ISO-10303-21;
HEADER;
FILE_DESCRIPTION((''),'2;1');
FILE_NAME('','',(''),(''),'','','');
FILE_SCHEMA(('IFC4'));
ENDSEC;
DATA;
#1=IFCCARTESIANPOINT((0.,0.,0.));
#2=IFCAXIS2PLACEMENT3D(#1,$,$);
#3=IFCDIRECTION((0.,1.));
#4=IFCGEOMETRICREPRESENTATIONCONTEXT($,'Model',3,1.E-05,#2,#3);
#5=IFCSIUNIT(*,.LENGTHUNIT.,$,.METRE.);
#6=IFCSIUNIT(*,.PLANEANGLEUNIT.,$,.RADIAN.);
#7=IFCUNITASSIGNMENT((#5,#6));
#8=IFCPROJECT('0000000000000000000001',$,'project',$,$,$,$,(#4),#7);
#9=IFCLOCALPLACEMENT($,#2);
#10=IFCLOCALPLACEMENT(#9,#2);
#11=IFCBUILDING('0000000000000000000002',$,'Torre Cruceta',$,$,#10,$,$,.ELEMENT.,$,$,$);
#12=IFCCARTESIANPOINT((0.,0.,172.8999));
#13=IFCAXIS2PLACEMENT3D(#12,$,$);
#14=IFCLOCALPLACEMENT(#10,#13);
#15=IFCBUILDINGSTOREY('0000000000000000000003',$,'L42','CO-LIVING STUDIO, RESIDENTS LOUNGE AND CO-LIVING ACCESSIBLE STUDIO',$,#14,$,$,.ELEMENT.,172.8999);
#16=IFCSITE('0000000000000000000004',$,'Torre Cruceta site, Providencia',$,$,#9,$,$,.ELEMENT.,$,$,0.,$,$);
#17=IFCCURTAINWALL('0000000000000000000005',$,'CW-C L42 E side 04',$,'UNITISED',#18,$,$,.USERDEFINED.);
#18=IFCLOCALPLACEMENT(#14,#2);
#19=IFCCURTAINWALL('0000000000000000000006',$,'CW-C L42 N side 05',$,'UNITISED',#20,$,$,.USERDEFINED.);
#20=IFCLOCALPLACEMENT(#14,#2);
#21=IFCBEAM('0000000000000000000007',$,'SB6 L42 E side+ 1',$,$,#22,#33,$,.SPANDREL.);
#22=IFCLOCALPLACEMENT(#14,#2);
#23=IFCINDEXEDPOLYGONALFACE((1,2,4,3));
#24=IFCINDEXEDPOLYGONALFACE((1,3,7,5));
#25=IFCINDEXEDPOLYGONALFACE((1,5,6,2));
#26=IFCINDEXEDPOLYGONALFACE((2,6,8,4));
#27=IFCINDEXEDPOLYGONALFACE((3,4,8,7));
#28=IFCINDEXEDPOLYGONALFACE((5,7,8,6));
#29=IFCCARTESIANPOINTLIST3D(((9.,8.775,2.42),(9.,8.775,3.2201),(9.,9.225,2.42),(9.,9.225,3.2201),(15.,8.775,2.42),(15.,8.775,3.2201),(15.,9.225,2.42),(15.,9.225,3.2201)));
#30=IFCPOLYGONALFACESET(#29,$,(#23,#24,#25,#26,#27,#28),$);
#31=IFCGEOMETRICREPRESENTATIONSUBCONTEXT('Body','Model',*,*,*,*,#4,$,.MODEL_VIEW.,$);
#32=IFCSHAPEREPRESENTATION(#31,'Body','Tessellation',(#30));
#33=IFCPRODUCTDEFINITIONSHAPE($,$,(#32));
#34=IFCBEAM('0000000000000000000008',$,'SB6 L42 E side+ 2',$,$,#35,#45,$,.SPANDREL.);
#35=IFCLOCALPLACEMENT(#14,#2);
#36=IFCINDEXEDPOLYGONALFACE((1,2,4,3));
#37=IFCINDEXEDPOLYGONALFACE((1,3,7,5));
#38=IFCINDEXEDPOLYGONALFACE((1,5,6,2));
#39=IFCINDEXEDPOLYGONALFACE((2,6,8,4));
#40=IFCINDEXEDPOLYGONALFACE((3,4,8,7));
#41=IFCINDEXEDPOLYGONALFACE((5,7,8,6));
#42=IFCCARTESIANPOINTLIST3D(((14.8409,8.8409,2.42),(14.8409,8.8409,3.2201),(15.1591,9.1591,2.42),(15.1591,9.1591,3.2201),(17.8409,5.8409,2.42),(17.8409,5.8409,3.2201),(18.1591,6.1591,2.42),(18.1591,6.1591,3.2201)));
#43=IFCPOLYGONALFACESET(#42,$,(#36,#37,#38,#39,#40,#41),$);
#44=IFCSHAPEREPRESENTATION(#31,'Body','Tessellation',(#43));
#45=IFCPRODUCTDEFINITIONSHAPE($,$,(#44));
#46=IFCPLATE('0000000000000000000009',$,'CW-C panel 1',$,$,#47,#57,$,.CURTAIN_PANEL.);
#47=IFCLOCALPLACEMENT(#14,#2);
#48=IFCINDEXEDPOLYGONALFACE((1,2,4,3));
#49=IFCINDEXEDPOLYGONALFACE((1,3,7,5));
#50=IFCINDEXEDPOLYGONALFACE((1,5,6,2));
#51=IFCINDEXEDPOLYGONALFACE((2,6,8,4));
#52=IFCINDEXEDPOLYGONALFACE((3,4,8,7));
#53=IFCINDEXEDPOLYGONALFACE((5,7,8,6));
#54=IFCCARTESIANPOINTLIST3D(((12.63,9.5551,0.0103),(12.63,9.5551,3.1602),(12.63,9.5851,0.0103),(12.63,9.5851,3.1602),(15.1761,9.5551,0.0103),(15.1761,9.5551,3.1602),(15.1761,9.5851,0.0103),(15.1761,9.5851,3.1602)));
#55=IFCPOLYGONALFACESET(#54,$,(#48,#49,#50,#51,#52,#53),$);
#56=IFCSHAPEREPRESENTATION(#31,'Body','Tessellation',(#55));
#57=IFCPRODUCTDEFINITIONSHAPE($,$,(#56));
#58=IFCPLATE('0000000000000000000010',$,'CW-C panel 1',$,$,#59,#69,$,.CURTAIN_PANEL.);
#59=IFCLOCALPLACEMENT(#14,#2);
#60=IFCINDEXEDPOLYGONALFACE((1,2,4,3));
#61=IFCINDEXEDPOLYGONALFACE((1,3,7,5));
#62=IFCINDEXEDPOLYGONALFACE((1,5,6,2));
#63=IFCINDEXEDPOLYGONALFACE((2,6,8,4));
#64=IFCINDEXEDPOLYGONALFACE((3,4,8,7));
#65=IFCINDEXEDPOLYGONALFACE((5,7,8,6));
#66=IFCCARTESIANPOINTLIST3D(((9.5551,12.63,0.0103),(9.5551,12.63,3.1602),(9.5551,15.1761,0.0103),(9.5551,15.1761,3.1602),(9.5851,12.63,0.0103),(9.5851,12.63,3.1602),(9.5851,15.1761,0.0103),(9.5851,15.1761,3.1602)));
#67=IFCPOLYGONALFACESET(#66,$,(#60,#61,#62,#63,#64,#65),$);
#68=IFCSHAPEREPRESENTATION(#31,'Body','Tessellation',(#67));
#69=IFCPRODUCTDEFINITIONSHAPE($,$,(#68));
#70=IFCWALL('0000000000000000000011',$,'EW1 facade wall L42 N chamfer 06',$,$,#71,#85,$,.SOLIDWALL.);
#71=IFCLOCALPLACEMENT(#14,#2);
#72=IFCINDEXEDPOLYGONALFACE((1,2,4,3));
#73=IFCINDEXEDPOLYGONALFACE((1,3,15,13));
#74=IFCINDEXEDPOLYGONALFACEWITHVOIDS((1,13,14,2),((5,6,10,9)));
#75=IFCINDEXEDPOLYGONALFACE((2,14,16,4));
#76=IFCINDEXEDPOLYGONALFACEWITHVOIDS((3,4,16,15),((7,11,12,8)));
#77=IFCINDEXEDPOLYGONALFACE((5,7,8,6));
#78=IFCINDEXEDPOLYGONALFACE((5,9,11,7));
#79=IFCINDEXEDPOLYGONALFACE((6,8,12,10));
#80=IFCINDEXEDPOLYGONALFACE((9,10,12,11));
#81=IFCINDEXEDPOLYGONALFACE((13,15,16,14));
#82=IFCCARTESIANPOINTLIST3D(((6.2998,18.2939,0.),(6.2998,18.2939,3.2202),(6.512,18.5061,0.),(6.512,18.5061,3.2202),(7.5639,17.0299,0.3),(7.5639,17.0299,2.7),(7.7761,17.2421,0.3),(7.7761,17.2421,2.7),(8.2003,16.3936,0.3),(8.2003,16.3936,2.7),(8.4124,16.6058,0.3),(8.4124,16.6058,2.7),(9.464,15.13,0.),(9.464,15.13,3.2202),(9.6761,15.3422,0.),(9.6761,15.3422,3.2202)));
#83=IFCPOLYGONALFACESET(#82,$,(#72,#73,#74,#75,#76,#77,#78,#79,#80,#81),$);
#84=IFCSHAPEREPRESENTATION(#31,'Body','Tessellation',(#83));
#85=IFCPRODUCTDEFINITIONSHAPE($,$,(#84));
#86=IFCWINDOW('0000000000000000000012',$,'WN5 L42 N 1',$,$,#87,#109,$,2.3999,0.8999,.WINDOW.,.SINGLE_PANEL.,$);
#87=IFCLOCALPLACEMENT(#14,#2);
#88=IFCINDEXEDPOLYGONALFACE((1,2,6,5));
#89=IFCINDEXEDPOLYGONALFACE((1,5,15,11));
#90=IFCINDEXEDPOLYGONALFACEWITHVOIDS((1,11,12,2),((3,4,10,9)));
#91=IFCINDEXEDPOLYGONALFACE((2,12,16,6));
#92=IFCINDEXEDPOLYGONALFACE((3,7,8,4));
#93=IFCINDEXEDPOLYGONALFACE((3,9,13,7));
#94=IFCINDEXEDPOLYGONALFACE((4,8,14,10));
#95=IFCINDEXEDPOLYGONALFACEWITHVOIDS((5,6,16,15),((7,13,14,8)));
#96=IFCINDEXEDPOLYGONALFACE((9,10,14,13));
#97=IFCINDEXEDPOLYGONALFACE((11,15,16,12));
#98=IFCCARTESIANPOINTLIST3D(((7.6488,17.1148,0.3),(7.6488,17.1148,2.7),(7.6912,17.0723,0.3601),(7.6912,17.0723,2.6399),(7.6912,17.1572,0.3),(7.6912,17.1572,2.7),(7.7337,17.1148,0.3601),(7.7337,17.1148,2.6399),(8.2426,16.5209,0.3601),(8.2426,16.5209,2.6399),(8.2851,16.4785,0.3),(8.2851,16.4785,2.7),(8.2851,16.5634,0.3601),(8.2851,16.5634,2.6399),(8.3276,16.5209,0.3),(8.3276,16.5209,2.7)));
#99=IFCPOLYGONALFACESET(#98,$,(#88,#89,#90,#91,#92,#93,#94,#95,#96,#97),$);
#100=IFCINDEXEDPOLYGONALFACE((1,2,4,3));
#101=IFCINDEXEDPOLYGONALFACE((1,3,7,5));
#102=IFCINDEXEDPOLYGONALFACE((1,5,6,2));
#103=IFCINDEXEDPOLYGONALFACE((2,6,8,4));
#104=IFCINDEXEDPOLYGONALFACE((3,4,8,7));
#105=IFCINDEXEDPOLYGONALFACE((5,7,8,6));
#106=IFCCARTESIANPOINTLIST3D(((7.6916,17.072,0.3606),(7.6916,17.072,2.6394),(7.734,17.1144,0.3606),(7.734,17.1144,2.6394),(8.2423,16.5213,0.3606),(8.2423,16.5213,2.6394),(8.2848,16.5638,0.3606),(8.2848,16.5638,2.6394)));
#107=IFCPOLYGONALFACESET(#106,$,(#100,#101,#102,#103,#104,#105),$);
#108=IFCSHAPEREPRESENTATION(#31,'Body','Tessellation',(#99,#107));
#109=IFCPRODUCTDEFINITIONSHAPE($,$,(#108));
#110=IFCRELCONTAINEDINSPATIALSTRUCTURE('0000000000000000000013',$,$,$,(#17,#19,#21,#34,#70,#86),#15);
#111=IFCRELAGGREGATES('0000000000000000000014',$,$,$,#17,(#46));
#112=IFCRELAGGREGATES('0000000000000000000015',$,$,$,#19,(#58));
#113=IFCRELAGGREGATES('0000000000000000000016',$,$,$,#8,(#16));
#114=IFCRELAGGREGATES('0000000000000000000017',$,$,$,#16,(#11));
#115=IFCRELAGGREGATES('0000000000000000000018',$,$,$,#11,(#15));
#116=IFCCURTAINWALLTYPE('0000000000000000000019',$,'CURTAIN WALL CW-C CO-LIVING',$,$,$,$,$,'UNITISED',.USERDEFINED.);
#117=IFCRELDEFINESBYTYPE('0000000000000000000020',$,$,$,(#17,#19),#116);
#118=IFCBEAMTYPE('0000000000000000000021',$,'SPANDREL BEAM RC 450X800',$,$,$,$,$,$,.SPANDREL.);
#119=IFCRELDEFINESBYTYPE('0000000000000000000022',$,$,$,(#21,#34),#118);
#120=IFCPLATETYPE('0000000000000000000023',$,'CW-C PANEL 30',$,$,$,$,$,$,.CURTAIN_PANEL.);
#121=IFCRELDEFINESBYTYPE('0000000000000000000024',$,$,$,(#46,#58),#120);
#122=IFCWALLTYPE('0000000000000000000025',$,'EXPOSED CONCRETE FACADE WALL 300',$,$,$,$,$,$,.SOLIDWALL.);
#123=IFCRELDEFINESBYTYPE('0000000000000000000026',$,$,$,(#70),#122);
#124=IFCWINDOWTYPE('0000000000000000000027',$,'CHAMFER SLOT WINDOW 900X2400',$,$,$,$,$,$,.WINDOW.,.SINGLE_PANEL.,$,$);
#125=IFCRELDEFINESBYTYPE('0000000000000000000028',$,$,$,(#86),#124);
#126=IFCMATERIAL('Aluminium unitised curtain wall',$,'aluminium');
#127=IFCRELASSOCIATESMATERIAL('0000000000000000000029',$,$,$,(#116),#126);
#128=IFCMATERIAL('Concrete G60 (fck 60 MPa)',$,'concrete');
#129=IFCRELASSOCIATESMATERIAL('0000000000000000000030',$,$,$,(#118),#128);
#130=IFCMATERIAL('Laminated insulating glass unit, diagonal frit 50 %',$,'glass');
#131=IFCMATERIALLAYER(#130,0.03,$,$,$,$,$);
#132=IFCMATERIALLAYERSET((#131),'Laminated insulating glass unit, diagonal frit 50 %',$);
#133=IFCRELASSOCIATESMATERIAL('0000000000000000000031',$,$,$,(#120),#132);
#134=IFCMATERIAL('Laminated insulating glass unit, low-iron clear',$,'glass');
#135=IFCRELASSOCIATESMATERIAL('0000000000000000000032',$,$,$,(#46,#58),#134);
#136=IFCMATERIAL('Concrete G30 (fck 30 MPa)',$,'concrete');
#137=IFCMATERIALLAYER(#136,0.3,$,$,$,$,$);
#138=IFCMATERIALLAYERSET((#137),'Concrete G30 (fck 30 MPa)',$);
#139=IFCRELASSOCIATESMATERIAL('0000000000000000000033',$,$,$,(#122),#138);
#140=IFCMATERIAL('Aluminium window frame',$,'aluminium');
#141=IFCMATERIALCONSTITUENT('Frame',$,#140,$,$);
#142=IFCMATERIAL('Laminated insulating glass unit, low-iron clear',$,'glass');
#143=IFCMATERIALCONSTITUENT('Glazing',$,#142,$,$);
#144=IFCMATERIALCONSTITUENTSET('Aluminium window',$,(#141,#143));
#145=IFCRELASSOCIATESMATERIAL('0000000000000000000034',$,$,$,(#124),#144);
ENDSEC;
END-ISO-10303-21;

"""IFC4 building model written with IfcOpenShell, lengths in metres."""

from ifc_helpers import new_model, si_unit, direction, frame, frame_2d, origin, origin_2d, place, context, subcontext, project, spatial, rectangle, hollow_rectangle, extrude, material, layer, layer_set, constituent, constituent_set, material_profile, profile_set, type_object, element, fill, aggregate, save


model = new_model("IFC4")

# Units and contexts
model_context = context("Model", 3, precision=1e-05, world=origin(), true_north=direction((0.0, 1.0)))
body_context = subcontext(model_context, "Body", "Model", "MODEL_VIEW")
ifc_project = project(units=[si_unit("LENGTHUNIT", "METRE"), si_unit("PLANEANGLEUNIT", "RADIAN")], contexts=[model_context])

# Site, building, storey
site_placement = place(None, origin())
site = spatial("IfcSite", under=ifc_project, at=site_placement, Name="Torre Cruceta site, Providencia", CompositionType="ELEMENT", RefElevation=0.0)
building_placement = place(site_placement, origin())
building = spatial("IfcBuilding", under=site, at=building_placement, Name="Torre Cruceta", CompositionType="ELEMENT")
storey_placement = place(building_placement, frame((0.0, 0.0, 172.8999)))
storey = spatial("IfcBuildingStorey", under=building, at=storey_placement, Name="L42", Description="CO-LIVING STUDIO, RESIDENTS LOUNGE AND CO-LIVING ACCESSIBLE STUDIO", CompositionType="ELEMENT", Elevation=172.8999)

# Curtain walls
ifc_material_1 = material(Name="Aluminium unitised curtain wall", Category="aluminium")
curtain_wall_type = type_object("IfcCurtainWallType", Name="CURTAIN WALL CW-C CO-LIVING", ElementType="UNITISED", PredefinedType="USERDEFINED", material=ifc_material_1)
curtain_wall_1_placement = place(storey_placement, origin())
curtain_wall_1 = element("IfcCurtainWall", 1, at=curtain_wall_1_placement, inside=storey, type_object=curtain_wall_type, Name="CW-C L42 E side 04", ObjectType="UNITISED", PredefinedType="USERDEFINED")
curtain_wall_2_placement = place(storey_placement, origin())
curtain_wall_2 = element("IfcCurtainWall", 2, at=curtain_wall_2_placement, inside=storey, type_object=curtain_wall_type, Name="CW-C L42 N side 05", ObjectType="UNITISED", PredefinedType="USERDEFINED")

# Beams
ifc_material_2 = material(Name="Concrete G60 (fck 60 MPa)", Category="concrete")
ifc_material_profile_1 = material_profile(ifc_material_2, rectangle(XDim=0.45, YDim=0.8, at=origin_2d()), Name="RC 450X800")
ifc_profile_set_1 = profile_set([ifc_material_profile_1], Name="Concrete G60 (fck 60 MPa)")
beam_type_1 = type_object("IfcBeamType", Name="SPANDREL BEAM RC 450X800", PredefinedType="SPANDREL", material=ifc_profile_set_1)
beam_1_placement = place(storey_placement, frame((9.0, 9.0, 2.8201), z_axis=(1.0, 0.0, 0.0), x_axis=(0.0, 1.0, 0.0)))
element("IfcBeam", 3, at=beam_1_placement, inside=storey, type_object=beam_type_1, Name="SB6 L42 E side+ 1", PredefinedType="SPANDREL", context=body_context, shape_type="SweptSolid", body=[
    extrude(rectangle(XDim=0.45, YDim=0.8, at=origin_2d()), origin(), (0.0, 0.0, 1.0), 6.0),
])
beam_2_placement = place(storey_placement, frame((15.0, 9.0, 2.8201), z_axis=(0.707107, -0.707107, 0.0), x_axis=(0.707107, 0.707107, 0.0)))
element("IfcBeam", 4, at=beam_2_placement, inside=storey, type_object=beam_type_1, Name="SB6 L42 E side+ 2", PredefinedType="SPANDREL", context=body_context, shape_type="SweptSolid", body=[
    extrude(rectangle(XDim=0.45, YDim=0.8, at=origin_2d()), origin(), (0.0, 0.0, 1.0), 4.2427),
])

# Plates
ifc_material_3 = material(Name="Laminated insulating glass unit, low-iron clear", Category="glass")
ifc_material_4 = material(Name="Laminated insulating glass unit, diagonal frit 50 %", Category="glass")
ifc_layer_1 = layer(ifc_material_4, 0.03)
ifc_layer_set_1 = layer_set([ifc_layer_1], Name="Laminated insulating glass unit, diagonal frit 50 %")
plate_type = type_object("IfcPlateType", Name="CW-C PANEL 30", PredefinedType="CURTAIN_PANEL", material=ifc_layer_set_1)
plate_1_placement = place(storey_placement, frame((13.9031, 9.5701, 0.0103), z_axis=(0.0, 0.0, 1.0), x_axis=(-1.0, 0.0, 0.0)))
plate_1 = element("IfcPlate", 5, at=plate_1_placement, type_object=plate_type, material=ifc_material_3, Name="CW-C panel 1", PredefinedType="CURTAIN_PANEL", context=body_context, shape_type="SweptSolid", body=[
    extrude(rectangle(XDim=2.5461, YDim=0.03, at=origin_2d()), origin(), (0.0, 0.0, 1.0), 3.1499),
])
aggregate(curtain_wall_1, [plate_1])
plate_2_placement = place(storey_placement, frame((9.5701, 13.9031, 0.0103), z_axis=(0.0, 0.0, 1.0), x_axis=(0.0, 1.0, 0.0)))
plate_2 = element("IfcPlate", 6, at=plate_2_placement, type_object=plate_type, material=ifc_material_3, Name="CW-C panel 1", PredefinedType="CURTAIN_PANEL", context=body_context, shape_type="SweptSolid", body=[
    extrude(rectangle(XDim=2.5461, YDim=0.03, at=origin_2d()), origin(), (0.0, 0.0, 1.0), 3.1499),
])
aggregate(curtain_wall_2, [plate_2])

# Wall, opening, window
ifc_material_5 = material(Name="Concrete G30 (fck 30 MPa)", Category="concrete")
ifc_layer_2 = layer(ifc_material_5, 0.3)
ifc_layer_set_2 = layer_set([ifc_layer_2], Name="Concrete G30 (fck 30 MPa)")
wall_type_1 = type_object("IfcWallType", Name="EXPOSED CONCRETE FACADE WALL 300", PredefinedType="SOLIDWALL", material=ifc_layer_set_2)
wall_1_placement = place(storey_placement, frame((9.5701, 15.2361, 0.0), z_axis=(0.0, 0.0, 1.0), x_axis=(-0.707134, 0.707079, 0.0)))
wall_1 = element("IfcWall", 7, at=wall_1_placement, inside=storey, type_object=wall_type_1, Name="EW1 facade wall L42 N chamfer 06", PredefinedType="SOLIDWALL", context=body_context, shape_type="SweptSolid", body=[
    extrude(rectangle(XDim=4.4746, YDim=0.3, at=frame_2d((2.2373, 0.0))), origin(), (0.0, 0.0, 1.0), 3.2202),
])
opening_1_placement = place(wall_1_placement, frame((1.7871, 0.0, 0.3)))
opening_1 = element("IfcOpeningElement", 8, at=opening_1_placement, cuts=wall_1, PredefinedType="OPENING", context=body_context, shape_type="SweptSolid", body=[
    extrude(rectangle(XDim=0.8999, YDim=2.3999, at=frame_2d((0.45, 1.2))), frame((0.0, 0.1599, 0.0), z_axis=(0.0, -1.0, 0.0), x_axis=(1.0, 0.0, 0.0)), (0.0, 0.0, 1.0), 0.3201),
])
ifc_material_6 = material(Name="Aluminium window frame", Category="aluminium")
ifc_constituent_1 = constituent(ifc_material_6, Name="Frame")
ifc_material_7 = material(Name="Laminated insulating glass unit, low-iron clear", Category="glass")
ifc_constituent_2 = constituent(ifc_material_7, Name="Glazing")
ifc_constituent_set_1 = constituent_set(constituents=[ifc_constituent_1, ifc_constituent_2], Name="Aluminium window")
window_type_1 = type_object("IfcWindowType", Name="CHAMFER SLOT WINDOW 900X2400", PartitioningType="SINGLE_PANEL", PredefinedType="WINDOW", material=ifc_constituent_set_1)
window_1_placement = place(opening_1_placement, origin())
window_1 = element("IfcWindow", 9, at=window_1_placement, inside=storey, type_object=window_type_1, Name="WN5 L42 N 1", OverallHeight=2.3999, OverallWidth=0.8999, PartitioningType="SINGLE_PANEL", PredefinedType="WINDOW", context=body_context, shape_type="SweptSolid", body=[
    extrude(hollow_rectangle(XDim=0.8999, YDim=2.3999, WallThickness=0.0601, at=frame_2d((0.45, 1.2))), frame((0.0, 0.03, 0.0), z_axis=(0.0, -1.0, 0.0), x_axis=(1.0, 0.0, 0.0)), (0.0, 0.0, 1.0), 0.0601),
    extrude(rectangle(XDim=0.7788, YDim=2.2788, at=frame_2d((0.45, 1.2))), frame((0.0, 0.03, 0.0), z_axis=(0.0, -1.0, 0.0), x_axis=(1.0, 0.0, 0.0)), (0.0, 0.0, 1.0), 0.0601),
])
fill(opening_1, window_1)

save(model, "model.ifc")
